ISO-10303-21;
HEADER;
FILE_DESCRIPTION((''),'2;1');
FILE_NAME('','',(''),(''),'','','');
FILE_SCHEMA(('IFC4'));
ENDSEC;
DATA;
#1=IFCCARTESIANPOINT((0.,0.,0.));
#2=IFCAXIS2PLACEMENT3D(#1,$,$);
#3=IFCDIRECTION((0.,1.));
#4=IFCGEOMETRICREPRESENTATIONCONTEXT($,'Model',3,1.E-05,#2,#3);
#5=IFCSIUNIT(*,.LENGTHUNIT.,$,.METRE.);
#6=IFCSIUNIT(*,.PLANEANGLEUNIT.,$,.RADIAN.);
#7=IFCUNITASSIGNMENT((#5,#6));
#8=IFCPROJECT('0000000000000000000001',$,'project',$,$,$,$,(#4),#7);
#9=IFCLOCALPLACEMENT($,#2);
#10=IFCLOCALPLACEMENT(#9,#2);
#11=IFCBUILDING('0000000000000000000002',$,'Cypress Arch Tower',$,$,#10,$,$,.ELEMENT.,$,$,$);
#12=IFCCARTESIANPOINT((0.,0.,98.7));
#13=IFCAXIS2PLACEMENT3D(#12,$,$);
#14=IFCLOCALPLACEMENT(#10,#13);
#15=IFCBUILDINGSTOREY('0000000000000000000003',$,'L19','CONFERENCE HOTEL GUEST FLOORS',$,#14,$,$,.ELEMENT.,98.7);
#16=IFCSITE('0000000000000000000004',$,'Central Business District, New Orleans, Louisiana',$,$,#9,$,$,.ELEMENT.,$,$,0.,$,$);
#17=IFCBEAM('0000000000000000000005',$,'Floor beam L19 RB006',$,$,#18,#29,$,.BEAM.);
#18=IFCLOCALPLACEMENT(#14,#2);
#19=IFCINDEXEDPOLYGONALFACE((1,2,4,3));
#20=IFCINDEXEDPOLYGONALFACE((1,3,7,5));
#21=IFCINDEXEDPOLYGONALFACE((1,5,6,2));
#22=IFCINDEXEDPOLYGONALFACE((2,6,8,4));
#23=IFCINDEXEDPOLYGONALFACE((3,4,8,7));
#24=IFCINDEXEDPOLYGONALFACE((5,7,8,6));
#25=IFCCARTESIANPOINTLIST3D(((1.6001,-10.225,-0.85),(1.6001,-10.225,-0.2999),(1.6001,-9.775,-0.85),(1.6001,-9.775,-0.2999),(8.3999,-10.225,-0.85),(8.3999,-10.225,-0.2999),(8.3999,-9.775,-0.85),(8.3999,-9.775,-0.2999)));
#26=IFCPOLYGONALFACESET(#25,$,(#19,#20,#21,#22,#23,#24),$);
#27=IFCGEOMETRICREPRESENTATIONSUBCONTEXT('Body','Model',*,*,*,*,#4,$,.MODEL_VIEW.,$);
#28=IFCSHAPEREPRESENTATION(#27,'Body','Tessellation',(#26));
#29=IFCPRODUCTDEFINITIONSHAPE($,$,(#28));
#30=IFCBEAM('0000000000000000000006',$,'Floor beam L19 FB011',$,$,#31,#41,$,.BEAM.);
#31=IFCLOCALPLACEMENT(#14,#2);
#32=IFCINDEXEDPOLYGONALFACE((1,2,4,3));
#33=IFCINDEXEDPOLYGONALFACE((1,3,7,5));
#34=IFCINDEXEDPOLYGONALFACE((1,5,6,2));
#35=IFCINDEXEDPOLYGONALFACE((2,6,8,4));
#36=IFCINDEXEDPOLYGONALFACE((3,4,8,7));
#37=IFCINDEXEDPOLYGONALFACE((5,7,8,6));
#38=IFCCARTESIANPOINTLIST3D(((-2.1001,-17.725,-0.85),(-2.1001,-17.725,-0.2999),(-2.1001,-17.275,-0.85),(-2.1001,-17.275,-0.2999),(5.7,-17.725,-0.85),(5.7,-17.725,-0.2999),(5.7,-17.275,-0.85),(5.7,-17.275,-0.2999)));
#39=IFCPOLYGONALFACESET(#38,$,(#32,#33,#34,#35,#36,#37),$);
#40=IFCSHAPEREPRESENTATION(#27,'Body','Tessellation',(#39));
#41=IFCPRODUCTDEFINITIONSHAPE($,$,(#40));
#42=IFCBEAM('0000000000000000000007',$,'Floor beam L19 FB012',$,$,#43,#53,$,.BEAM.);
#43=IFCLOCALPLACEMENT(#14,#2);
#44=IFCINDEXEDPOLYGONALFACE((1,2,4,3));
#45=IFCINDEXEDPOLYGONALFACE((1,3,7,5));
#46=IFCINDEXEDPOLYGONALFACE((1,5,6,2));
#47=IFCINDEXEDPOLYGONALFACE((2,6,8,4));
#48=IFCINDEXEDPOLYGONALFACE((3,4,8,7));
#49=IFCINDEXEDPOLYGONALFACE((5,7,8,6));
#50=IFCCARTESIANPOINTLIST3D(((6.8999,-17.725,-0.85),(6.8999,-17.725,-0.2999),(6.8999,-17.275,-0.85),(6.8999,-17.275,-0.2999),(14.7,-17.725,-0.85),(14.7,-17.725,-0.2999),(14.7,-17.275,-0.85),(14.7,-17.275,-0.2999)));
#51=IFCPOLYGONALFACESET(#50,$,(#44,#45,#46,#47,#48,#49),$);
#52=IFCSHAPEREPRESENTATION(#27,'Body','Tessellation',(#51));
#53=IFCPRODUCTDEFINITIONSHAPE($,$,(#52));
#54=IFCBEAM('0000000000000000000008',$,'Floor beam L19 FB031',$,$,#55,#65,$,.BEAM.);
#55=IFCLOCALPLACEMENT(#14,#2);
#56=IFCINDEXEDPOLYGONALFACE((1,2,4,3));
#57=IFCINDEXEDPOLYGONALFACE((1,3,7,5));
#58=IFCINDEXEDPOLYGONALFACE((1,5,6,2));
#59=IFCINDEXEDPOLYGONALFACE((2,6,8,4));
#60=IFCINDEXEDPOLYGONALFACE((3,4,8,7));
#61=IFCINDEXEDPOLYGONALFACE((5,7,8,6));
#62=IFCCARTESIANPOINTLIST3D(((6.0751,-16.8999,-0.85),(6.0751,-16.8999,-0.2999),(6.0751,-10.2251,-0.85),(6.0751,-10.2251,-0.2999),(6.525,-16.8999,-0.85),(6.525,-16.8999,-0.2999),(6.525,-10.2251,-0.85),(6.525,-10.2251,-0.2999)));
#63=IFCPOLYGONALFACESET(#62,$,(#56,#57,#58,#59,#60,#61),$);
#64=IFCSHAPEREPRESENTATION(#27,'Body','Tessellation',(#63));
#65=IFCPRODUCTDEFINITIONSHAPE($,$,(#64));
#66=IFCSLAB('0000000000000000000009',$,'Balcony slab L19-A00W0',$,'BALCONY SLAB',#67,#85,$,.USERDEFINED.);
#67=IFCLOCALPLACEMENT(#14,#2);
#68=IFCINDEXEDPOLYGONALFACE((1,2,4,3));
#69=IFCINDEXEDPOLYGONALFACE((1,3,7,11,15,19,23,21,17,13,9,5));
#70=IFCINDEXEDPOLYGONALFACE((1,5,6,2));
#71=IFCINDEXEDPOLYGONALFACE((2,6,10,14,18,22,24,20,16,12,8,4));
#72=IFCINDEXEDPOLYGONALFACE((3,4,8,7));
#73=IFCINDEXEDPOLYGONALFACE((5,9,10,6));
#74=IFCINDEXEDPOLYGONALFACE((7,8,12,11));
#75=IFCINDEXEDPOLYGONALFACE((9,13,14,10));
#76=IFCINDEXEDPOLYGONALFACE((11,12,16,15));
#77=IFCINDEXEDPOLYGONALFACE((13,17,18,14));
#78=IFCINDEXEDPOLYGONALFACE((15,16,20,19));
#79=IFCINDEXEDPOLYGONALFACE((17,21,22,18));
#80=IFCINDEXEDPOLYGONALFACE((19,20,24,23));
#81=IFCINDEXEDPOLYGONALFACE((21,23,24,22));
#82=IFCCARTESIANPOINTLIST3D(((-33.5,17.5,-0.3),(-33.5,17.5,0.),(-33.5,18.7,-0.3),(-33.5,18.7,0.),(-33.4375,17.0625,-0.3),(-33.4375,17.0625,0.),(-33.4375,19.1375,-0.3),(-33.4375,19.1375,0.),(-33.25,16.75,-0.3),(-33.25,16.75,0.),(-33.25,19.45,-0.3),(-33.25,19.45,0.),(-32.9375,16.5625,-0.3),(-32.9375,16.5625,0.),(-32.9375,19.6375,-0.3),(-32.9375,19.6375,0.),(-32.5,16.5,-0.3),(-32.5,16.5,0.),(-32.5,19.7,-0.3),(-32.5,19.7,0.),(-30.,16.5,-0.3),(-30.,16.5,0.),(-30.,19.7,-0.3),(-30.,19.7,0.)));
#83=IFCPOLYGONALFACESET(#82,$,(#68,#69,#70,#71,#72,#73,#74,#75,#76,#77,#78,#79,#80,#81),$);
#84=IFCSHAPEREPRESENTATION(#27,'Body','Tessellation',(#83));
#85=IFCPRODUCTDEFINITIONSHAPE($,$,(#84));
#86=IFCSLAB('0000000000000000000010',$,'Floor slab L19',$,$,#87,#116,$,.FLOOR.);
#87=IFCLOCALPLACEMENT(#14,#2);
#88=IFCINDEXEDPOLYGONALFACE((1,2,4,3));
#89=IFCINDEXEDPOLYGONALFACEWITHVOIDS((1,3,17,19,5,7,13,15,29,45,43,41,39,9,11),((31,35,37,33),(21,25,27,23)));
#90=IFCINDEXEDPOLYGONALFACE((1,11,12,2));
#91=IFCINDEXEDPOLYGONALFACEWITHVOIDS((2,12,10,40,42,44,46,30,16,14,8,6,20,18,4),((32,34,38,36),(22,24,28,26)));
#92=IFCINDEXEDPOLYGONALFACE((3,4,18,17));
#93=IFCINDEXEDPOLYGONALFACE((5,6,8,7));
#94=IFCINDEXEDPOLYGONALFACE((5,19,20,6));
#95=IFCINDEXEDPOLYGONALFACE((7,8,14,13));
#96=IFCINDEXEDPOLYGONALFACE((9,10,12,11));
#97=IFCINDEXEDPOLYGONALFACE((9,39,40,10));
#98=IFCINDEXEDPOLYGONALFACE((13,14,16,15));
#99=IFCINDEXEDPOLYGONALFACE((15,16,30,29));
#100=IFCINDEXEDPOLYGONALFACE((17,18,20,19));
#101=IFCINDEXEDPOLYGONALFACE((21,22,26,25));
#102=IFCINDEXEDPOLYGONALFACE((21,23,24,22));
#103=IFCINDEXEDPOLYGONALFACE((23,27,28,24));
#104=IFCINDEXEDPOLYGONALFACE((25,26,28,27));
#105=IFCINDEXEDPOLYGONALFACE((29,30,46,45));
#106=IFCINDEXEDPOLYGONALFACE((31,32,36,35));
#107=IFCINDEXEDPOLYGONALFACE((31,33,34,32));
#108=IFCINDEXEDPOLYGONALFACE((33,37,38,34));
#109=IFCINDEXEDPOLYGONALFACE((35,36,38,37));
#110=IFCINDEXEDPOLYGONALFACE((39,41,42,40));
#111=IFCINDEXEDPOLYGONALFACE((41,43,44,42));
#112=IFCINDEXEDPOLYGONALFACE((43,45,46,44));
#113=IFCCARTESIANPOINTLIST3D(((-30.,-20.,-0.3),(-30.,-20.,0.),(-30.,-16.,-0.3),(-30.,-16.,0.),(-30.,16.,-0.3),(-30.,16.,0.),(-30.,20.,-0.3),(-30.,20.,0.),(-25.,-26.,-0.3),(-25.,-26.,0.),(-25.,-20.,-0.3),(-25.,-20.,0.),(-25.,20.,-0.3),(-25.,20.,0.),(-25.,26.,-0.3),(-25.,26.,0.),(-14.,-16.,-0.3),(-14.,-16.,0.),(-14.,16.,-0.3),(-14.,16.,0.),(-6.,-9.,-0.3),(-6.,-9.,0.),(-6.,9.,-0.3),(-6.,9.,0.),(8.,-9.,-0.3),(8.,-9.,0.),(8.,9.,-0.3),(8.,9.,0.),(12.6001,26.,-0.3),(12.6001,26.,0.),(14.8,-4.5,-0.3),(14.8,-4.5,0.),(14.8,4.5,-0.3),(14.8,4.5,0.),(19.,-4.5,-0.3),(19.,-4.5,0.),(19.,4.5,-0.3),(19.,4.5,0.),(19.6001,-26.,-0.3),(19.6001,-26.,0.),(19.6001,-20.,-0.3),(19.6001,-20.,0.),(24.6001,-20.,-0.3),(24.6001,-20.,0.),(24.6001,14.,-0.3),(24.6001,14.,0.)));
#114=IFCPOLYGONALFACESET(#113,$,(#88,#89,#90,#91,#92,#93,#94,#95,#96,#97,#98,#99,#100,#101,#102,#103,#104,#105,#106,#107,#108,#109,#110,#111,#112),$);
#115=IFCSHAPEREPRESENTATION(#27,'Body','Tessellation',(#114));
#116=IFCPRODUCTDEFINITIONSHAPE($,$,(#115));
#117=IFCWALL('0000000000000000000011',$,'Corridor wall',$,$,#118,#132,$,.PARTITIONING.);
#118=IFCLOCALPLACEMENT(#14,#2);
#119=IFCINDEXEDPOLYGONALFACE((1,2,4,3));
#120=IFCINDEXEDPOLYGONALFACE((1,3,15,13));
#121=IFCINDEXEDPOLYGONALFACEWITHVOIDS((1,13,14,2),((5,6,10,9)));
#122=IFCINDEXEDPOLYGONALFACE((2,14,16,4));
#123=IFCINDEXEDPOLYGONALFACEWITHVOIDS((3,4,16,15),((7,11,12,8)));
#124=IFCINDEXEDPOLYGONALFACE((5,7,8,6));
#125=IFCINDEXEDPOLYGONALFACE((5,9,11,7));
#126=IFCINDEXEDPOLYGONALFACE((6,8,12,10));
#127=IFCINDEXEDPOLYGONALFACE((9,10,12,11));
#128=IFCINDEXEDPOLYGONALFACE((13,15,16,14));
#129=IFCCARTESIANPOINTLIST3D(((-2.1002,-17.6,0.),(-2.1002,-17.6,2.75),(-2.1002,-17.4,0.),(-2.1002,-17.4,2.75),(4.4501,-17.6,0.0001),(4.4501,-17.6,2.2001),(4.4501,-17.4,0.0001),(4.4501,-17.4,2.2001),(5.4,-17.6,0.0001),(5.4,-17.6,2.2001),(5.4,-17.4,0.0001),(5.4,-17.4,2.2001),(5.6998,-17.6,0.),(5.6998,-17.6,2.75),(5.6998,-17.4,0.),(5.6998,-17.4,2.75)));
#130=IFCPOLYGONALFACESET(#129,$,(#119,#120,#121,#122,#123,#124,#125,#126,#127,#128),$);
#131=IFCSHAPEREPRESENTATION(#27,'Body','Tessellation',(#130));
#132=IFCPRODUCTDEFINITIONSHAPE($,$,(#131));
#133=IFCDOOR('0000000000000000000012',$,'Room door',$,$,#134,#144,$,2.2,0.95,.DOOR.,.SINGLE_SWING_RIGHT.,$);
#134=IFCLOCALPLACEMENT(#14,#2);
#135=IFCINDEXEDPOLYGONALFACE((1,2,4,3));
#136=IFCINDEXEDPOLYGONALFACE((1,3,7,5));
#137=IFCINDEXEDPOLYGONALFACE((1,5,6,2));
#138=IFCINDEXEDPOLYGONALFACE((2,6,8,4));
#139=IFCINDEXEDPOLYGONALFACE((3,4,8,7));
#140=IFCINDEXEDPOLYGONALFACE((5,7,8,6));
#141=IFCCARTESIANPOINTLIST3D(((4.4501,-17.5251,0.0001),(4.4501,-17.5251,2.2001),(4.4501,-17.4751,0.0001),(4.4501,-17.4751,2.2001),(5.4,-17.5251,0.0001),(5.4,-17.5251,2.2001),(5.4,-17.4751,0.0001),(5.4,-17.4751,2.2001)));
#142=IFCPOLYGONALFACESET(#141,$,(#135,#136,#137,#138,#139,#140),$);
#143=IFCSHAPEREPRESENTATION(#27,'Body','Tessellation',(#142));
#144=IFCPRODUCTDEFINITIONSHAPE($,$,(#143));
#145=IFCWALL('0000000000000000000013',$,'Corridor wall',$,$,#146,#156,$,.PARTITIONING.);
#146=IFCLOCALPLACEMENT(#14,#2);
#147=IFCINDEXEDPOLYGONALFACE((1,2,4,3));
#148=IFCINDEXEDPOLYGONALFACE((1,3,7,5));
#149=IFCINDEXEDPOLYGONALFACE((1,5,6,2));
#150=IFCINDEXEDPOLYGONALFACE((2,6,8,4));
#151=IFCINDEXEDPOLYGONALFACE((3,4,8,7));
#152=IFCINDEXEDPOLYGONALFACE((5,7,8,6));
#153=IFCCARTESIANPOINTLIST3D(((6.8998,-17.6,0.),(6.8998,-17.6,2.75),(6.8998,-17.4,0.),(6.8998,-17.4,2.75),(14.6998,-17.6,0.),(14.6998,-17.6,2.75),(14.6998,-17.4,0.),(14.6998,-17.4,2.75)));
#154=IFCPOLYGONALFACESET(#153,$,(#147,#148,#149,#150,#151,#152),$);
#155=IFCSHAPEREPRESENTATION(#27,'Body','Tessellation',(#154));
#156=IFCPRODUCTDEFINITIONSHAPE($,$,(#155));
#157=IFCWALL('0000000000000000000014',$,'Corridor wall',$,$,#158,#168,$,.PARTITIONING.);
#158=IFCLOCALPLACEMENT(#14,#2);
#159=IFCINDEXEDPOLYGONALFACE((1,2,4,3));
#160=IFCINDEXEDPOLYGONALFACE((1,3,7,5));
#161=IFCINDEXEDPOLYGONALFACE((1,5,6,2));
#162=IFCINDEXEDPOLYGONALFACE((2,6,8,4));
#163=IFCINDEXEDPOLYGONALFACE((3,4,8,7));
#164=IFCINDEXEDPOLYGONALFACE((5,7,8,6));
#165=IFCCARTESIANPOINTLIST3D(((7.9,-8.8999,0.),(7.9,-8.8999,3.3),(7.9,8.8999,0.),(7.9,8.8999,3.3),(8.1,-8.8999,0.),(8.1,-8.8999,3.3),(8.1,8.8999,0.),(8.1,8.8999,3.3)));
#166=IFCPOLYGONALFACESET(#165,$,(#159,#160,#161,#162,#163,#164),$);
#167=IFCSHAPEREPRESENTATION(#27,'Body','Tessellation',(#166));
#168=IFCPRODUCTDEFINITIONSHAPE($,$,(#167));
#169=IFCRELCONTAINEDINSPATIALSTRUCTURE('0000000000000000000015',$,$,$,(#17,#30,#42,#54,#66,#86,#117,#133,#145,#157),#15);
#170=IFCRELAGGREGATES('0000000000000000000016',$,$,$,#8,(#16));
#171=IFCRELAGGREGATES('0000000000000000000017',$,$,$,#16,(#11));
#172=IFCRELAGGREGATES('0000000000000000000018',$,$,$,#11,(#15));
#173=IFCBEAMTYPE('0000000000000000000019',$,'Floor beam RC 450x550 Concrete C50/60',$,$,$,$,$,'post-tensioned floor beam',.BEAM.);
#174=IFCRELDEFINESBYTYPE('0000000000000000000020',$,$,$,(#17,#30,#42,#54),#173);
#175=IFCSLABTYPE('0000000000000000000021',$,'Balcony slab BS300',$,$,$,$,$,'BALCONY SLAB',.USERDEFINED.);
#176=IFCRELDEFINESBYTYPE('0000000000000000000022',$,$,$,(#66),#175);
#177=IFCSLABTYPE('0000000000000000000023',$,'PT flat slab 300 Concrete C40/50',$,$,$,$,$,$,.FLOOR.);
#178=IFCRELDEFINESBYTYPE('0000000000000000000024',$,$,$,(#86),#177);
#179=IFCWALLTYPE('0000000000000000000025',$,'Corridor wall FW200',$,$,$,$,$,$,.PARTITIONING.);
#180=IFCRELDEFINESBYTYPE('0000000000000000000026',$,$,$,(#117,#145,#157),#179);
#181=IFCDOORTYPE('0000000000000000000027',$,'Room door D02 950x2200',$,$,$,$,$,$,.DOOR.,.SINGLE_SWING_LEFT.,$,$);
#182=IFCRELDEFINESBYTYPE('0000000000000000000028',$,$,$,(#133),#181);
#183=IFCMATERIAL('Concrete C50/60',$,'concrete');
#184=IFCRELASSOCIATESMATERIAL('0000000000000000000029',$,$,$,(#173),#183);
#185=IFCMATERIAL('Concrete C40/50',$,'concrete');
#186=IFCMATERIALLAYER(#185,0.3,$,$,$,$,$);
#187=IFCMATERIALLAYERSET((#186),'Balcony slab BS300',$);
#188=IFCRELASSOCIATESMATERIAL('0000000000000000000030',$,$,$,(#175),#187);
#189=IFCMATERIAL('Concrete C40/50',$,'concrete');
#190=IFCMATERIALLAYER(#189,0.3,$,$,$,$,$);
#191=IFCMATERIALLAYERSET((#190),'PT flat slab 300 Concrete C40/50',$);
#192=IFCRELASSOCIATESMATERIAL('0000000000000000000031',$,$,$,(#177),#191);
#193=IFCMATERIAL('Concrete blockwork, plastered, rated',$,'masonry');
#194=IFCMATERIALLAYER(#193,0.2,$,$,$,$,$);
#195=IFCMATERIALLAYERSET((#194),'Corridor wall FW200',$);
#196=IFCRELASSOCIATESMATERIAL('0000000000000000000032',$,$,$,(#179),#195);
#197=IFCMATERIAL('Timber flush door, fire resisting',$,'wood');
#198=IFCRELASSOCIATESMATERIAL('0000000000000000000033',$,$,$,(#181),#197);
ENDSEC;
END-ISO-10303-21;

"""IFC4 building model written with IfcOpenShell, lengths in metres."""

from ifc_helpers import new_model, si_unit, direction, frame, frame_2d, origin, origin_2d, place, context, subcontext, project, spatial, polyline, rectangle, outline, extrude, material, layer, layer_set, material_profile, profile_set, type_object, element, fill, save


model = new_model("IFC4")

# Units and contexts
model_context = context("Model", 3, precision=1e-05, world=origin(), true_north=direction((0.0, 1.0)))
body_context = subcontext(model_context, "Body", "Model", "MODEL_VIEW")
ifc_project = project(units=[si_unit("LENGTHUNIT", "METRE"), si_unit("PLANEANGLEUNIT", "RADIAN")], contexts=[model_context])

# Site, building, storey
site_placement = place(None, origin())
site = spatial("IfcSite", under=ifc_project, at=site_placement, Name="Central Business District, New Orleans, Louisiana", CompositionType="ELEMENT", RefElevation=0.0)
building_placement = place(site_placement, origin())
building = spatial("IfcBuilding", under=site, at=building_placement, Name="Cypress Arch Tower", CompositionType="ELEMENT")
storey_placement = place(building_placement, frame((0.0, 0.0, 98.7)))
storey = spatial("IfcBuildingStorey", under=building, at=storey_placement, Name="L19", Description="CONFERENCE HOTEL GUEST FLOORS", CompositionType="ELEMENT", Elevation=98.7)

# Beams
ifc_material_1 = material(Name="Concrete C50/60", Category="concrete")
ifc_material_profile_1 = material_profile(ifc_material_1, rectangle(XDim=0.45, YDim=0.55, at=origin_2d()), Name="RC 450x550")
ifc_profile_set_1 = profile_set([ifc_material_profile_1], Name="Concrete C50/60")
beam_type_1 = type_object("IfcBeamType", Name="Floor beam RC 450x550 Concrete C50/60", ElementType="post-tensioned floor beam", PredefinedType="BEAM", material=ifc_profile_set_1)
beam_1_placement = place(storey_placement, frame((1.6001, -10.0, -0.575), z_axis=(1.0, 0.0, 0.0), x_axis=(0.0, 1.0, 0.0)))
element("IfcBeam", 1, at=beam_1_placement, inside=storey, type_object=beam_type_1, Name="Floor beam L19 RB006", PredefinedType="BEAM", context=body_context, shape_type="SweptSolid", body=[
    extrude(rectangle(XDim=0.45, YDim=0.55, at=origin_2d()), origin(), (0.0, 0.0, 1.0), 6.7998),
])
for number, where, z_axis, x_axis, name in (
    (2, (-2.1001, -17.5, -0.575), (1.0, 0.0, 0.0), (0.0, 1.0, 0.0), "Floor beam L19 FB011"),
    (3, (6.8999, -17.5, -0.575), (1.0, 0.0, 0.0), (0.0, 1.0, 0.0), "Floor beam L19 FB012"),
):
    element("IfcBeam", number, at=place(storey_placement, frame(where, z_axis=z_axis, x_axis=x_axis)), inside=storey, type_object=beam_type_1, Name=name, PredefinedType="BEAM", context=body_context, shape_type="SweptSolid", body=[
        extrude(rectangle(XDim=0.45, YDim=0.55, at=origin_2d()), origin(), (0.0, 0.0, 1.0), 7.8),
    ])
beam_2_placement = place(storey_placement, frame((6.3, -16.8999, -0.575), z_axis=(0.0, 1.0, 0.0), x_axis=(-1.0, 0.0, 0.0)))
element("IfcBeam", 4, at=beam_2_placement, inside=storey, type_object=beam_type_1, Name="Floor beam L19 FB031", PredefinedType="BEAM", context=body_context, shape_type="SweptSolid", body=[
    extrude(rectangle(XDim=0.45, YDim=0.55, at=origin_2d()), origin(), (0.0, 0.0, 1.0), 6.6748),
])

# Slabs
ifc_material_2 = material(Name="Concrete C40/50", Category="concrete")
ifc_layer_1 = layer(ifc_material_2, 0.3)
ifc_layer_set_1 = layer_set([ifc_layer_1], Name="Balcony slab BS300")
slab_type_1 = type_object("IfcSlabType", Name="Balcony slab BS300", ElementType="BALCONY SLAB", PredefinedType="USERDEFINED", material=ifc_layer_set_1)
slab_1_placement = place(storey_placement, frame((0.0, 0.0, -0.3)))
element("IfcSlab", 5, at=slab_1_placement, inside=storey, type_object=slab_type_1, Name="Balcony slab L19-A00W0", ObjectType="BALCONY SLAB", PredefinedType="USERDEFINED", context=body_context, shape_type="SweptSolid", body=[
    extrude(outline(polyline([(-30.0, 19.7), (-32.5, 19.7), (-32.9375, 19.6375), (-33.25, 19.45), (-33.4375, 19.1375), (-33.5, 18.7), (-33.5, 17.5), (-33.4375, 17.0625), (-33.25, 16.75), (-32.9375, 16.5625), (-32.5, 16.5), (-30.0, 16.5), (-30.0, 19.7)])), origin(), (0.0, 0.0, 1.0), 0.3),
])
ifc_material_3 = material(Name="Concrete C40/50", Category="concrete")
ifc_layer_2 = layer(ifc_material_3, 0.3)
ifc_layer_set_2 = layer_set([ifc_layer_2], Name="PT flat slab 300 Concrete C40/50")
slab_type_2 = type_object("IfcSlabType", Name="PT flat slab 300 Concrete C40/50", PredefinedType="FLOOR", material=ifc_layer_set_2)
slab_2_placement = place(storey_placement, frame((0.0, 0.0, -0.3)))
element("IfcSlab", 6, at=slab_2_placement, inside=storey, type_object=slab_type_2, Name="Floor slab L19", PredefinedType="FLOOR", context=body_context, shape_type="SweptSolid", body=[
    extrude(outline(polyline([(-30.0, 20.0), (-25.0, 20.0), (-25.0, 26.0), (12.6001, 26.0), (24.6001, 14.0), (24.6001, -20.0), (19.6001, -20.0), (19.6001, -26.0), (-25.0, -26.0), (-25.0, -20.0), (-30.0, -20.0), (-30.0, -16.0), (-14.0, -16.0), (-14.0, 16.0), (-30.0, 16.0), (-30.0, 20.0)]), holes=[polyline([(-6.0, -9.0), (8.0, -9.0), (8.0, 9.0), (-6.0, 9.0), (-6.0, -9.0)]), polyline([(14.8, -4.5), (19.0, -4.5), (19.0, 4.5), (14.8, 4.5), (14.8, -4.5)])]), origin(), (0.0, 0.0, 1.0), 0.3),
])

# Wall, opening, door
ifc_material_4 = material(Name="Concrete blockwork, plastered, rated", Category="masonry")
ifc_layer_3 = layer(ifc_material_4, 0.2)
ifc_layer_set_3 = layer_set([ifc_layer_3], Name="Corridor wall FW200")
wall_type_1 = type_object("IfcWallType", Name="Corridor wall FW200", PredefinedType="PARTITIONING", material=ifc_layer_set_3)
wall_1_placement = place(storey_placement, frame((-2.1001, -17.5, 0.0), z_axis=(0.0, 0.0, 1.0), x_axis=(1.0, 0.0, 0.0)))
wall_1 = element("IfcWall", 7, at=wall_1_placement, inside=storey, type_object=wall_type_1, Name="Corridor wall", PredefinedType="PARTITIONING", context=body_context, shape_type="SweptSolid", body=[
    extrude(rectangle(XDim=7.8, YDim=0.2, at=frame_2d((3.8999, 0.0))), origin(), (0.0, 0.0, 1.0), 2.75),
])
opening_1_placement = place(wall_1_placement, frame((6.55, 0.0, 0.0)))
opening_1 = element("IfcOpeningElement", 8, at=opening_1_placement, cuts=wall_1, PredefinedType="OPENING", context=body_context, shape_type="SweptSolid", body=[
    extrude(rectangle(XDim=0.95, YDim=2.2, at=frame_2d((0.4751, 1.1001))), frame((0.0, 0.1099, 0.0), z_axis=(0.0, -1.0, 0.0), x_axis=(1.0, 0.0, 0.0)), (0.0, 0.0, 1.0), 0.22),
])
ifc_material_5 = material(Name="Timber flush door, fire resisting", Category="wood")
door_type_1 = type_object("IfcDoorType", Name="Room door D02 950x2200", OperationType="SINGLE_SWING_LEFT", PredefinedType="DOOR", material=ifc_material_5)
door_1_placement = place(opening_1_placement, origin())
door_1 = element("IfcDoor", 9, at=door_1_placement, inside=storey, type_object=door_type_1, Name="Room door", OperationType="SINGLE_SWING_RIGHT", OverallHeight=2.2, OverallWidth=0.95, PredefinedType="DOOR", context=body_context, shape_type="SweptSolid", body=[
    extrude(rectangle(XDim=0.95, YDim=2.2, at=frame_2d((0.4751, 1.1001))), frame((0.0, 0.0249, 0.0), z_axis=(0.0, -1.0, 0.0), x_axis=(1.0, 0.0, 0.0)), (0.0, 0.0, 1.0), 0.05),
])
fill(opening_1, door_1)

# Walls
wall_2_placement = place(storey_placement, frame((6.8999, -17.5, 0.0), z_axis=(0.0, 0.0, 1.0), x_axis=(1.0, 0.0, 0.0)))
element("IfcWall", 10, at=wall_2_placement, inside=storey, type_object=wall_type_1, Name="Corridor wall", PredefinedType="PARTITIONING", context=body_context, shape_type="SweptSolid", body=[
    extrude(rectangle(XDim=7.8, YDim=0.2, at=frame_2d((3.8999, 0.0))), origin(), (0.0, 0.0, 1.0), 2.75),
])
wall_3_placement = place(storey_placement, frame((8.0, -8.8999, 0.0), z_axis=(0.0, 0.0, 1.0), x_axis=(0.0, 1.0, 0.0)))
element("IfcWall", 11, at=wall_3_placement, inside=storey, type_object=wall_type_1, Name="Corridor wall", PredefinedType="PARTITIONING", context=body_context, shape_type="SweptSolid", body=[
    extrude(rectangle(XDim=17.7998, YDim=0.2, at=frame_2d((8.8999, 0.0))), origin(), (0.0, 0.0, 1.0), 3.3),
])

save(model, "model.ifc")
